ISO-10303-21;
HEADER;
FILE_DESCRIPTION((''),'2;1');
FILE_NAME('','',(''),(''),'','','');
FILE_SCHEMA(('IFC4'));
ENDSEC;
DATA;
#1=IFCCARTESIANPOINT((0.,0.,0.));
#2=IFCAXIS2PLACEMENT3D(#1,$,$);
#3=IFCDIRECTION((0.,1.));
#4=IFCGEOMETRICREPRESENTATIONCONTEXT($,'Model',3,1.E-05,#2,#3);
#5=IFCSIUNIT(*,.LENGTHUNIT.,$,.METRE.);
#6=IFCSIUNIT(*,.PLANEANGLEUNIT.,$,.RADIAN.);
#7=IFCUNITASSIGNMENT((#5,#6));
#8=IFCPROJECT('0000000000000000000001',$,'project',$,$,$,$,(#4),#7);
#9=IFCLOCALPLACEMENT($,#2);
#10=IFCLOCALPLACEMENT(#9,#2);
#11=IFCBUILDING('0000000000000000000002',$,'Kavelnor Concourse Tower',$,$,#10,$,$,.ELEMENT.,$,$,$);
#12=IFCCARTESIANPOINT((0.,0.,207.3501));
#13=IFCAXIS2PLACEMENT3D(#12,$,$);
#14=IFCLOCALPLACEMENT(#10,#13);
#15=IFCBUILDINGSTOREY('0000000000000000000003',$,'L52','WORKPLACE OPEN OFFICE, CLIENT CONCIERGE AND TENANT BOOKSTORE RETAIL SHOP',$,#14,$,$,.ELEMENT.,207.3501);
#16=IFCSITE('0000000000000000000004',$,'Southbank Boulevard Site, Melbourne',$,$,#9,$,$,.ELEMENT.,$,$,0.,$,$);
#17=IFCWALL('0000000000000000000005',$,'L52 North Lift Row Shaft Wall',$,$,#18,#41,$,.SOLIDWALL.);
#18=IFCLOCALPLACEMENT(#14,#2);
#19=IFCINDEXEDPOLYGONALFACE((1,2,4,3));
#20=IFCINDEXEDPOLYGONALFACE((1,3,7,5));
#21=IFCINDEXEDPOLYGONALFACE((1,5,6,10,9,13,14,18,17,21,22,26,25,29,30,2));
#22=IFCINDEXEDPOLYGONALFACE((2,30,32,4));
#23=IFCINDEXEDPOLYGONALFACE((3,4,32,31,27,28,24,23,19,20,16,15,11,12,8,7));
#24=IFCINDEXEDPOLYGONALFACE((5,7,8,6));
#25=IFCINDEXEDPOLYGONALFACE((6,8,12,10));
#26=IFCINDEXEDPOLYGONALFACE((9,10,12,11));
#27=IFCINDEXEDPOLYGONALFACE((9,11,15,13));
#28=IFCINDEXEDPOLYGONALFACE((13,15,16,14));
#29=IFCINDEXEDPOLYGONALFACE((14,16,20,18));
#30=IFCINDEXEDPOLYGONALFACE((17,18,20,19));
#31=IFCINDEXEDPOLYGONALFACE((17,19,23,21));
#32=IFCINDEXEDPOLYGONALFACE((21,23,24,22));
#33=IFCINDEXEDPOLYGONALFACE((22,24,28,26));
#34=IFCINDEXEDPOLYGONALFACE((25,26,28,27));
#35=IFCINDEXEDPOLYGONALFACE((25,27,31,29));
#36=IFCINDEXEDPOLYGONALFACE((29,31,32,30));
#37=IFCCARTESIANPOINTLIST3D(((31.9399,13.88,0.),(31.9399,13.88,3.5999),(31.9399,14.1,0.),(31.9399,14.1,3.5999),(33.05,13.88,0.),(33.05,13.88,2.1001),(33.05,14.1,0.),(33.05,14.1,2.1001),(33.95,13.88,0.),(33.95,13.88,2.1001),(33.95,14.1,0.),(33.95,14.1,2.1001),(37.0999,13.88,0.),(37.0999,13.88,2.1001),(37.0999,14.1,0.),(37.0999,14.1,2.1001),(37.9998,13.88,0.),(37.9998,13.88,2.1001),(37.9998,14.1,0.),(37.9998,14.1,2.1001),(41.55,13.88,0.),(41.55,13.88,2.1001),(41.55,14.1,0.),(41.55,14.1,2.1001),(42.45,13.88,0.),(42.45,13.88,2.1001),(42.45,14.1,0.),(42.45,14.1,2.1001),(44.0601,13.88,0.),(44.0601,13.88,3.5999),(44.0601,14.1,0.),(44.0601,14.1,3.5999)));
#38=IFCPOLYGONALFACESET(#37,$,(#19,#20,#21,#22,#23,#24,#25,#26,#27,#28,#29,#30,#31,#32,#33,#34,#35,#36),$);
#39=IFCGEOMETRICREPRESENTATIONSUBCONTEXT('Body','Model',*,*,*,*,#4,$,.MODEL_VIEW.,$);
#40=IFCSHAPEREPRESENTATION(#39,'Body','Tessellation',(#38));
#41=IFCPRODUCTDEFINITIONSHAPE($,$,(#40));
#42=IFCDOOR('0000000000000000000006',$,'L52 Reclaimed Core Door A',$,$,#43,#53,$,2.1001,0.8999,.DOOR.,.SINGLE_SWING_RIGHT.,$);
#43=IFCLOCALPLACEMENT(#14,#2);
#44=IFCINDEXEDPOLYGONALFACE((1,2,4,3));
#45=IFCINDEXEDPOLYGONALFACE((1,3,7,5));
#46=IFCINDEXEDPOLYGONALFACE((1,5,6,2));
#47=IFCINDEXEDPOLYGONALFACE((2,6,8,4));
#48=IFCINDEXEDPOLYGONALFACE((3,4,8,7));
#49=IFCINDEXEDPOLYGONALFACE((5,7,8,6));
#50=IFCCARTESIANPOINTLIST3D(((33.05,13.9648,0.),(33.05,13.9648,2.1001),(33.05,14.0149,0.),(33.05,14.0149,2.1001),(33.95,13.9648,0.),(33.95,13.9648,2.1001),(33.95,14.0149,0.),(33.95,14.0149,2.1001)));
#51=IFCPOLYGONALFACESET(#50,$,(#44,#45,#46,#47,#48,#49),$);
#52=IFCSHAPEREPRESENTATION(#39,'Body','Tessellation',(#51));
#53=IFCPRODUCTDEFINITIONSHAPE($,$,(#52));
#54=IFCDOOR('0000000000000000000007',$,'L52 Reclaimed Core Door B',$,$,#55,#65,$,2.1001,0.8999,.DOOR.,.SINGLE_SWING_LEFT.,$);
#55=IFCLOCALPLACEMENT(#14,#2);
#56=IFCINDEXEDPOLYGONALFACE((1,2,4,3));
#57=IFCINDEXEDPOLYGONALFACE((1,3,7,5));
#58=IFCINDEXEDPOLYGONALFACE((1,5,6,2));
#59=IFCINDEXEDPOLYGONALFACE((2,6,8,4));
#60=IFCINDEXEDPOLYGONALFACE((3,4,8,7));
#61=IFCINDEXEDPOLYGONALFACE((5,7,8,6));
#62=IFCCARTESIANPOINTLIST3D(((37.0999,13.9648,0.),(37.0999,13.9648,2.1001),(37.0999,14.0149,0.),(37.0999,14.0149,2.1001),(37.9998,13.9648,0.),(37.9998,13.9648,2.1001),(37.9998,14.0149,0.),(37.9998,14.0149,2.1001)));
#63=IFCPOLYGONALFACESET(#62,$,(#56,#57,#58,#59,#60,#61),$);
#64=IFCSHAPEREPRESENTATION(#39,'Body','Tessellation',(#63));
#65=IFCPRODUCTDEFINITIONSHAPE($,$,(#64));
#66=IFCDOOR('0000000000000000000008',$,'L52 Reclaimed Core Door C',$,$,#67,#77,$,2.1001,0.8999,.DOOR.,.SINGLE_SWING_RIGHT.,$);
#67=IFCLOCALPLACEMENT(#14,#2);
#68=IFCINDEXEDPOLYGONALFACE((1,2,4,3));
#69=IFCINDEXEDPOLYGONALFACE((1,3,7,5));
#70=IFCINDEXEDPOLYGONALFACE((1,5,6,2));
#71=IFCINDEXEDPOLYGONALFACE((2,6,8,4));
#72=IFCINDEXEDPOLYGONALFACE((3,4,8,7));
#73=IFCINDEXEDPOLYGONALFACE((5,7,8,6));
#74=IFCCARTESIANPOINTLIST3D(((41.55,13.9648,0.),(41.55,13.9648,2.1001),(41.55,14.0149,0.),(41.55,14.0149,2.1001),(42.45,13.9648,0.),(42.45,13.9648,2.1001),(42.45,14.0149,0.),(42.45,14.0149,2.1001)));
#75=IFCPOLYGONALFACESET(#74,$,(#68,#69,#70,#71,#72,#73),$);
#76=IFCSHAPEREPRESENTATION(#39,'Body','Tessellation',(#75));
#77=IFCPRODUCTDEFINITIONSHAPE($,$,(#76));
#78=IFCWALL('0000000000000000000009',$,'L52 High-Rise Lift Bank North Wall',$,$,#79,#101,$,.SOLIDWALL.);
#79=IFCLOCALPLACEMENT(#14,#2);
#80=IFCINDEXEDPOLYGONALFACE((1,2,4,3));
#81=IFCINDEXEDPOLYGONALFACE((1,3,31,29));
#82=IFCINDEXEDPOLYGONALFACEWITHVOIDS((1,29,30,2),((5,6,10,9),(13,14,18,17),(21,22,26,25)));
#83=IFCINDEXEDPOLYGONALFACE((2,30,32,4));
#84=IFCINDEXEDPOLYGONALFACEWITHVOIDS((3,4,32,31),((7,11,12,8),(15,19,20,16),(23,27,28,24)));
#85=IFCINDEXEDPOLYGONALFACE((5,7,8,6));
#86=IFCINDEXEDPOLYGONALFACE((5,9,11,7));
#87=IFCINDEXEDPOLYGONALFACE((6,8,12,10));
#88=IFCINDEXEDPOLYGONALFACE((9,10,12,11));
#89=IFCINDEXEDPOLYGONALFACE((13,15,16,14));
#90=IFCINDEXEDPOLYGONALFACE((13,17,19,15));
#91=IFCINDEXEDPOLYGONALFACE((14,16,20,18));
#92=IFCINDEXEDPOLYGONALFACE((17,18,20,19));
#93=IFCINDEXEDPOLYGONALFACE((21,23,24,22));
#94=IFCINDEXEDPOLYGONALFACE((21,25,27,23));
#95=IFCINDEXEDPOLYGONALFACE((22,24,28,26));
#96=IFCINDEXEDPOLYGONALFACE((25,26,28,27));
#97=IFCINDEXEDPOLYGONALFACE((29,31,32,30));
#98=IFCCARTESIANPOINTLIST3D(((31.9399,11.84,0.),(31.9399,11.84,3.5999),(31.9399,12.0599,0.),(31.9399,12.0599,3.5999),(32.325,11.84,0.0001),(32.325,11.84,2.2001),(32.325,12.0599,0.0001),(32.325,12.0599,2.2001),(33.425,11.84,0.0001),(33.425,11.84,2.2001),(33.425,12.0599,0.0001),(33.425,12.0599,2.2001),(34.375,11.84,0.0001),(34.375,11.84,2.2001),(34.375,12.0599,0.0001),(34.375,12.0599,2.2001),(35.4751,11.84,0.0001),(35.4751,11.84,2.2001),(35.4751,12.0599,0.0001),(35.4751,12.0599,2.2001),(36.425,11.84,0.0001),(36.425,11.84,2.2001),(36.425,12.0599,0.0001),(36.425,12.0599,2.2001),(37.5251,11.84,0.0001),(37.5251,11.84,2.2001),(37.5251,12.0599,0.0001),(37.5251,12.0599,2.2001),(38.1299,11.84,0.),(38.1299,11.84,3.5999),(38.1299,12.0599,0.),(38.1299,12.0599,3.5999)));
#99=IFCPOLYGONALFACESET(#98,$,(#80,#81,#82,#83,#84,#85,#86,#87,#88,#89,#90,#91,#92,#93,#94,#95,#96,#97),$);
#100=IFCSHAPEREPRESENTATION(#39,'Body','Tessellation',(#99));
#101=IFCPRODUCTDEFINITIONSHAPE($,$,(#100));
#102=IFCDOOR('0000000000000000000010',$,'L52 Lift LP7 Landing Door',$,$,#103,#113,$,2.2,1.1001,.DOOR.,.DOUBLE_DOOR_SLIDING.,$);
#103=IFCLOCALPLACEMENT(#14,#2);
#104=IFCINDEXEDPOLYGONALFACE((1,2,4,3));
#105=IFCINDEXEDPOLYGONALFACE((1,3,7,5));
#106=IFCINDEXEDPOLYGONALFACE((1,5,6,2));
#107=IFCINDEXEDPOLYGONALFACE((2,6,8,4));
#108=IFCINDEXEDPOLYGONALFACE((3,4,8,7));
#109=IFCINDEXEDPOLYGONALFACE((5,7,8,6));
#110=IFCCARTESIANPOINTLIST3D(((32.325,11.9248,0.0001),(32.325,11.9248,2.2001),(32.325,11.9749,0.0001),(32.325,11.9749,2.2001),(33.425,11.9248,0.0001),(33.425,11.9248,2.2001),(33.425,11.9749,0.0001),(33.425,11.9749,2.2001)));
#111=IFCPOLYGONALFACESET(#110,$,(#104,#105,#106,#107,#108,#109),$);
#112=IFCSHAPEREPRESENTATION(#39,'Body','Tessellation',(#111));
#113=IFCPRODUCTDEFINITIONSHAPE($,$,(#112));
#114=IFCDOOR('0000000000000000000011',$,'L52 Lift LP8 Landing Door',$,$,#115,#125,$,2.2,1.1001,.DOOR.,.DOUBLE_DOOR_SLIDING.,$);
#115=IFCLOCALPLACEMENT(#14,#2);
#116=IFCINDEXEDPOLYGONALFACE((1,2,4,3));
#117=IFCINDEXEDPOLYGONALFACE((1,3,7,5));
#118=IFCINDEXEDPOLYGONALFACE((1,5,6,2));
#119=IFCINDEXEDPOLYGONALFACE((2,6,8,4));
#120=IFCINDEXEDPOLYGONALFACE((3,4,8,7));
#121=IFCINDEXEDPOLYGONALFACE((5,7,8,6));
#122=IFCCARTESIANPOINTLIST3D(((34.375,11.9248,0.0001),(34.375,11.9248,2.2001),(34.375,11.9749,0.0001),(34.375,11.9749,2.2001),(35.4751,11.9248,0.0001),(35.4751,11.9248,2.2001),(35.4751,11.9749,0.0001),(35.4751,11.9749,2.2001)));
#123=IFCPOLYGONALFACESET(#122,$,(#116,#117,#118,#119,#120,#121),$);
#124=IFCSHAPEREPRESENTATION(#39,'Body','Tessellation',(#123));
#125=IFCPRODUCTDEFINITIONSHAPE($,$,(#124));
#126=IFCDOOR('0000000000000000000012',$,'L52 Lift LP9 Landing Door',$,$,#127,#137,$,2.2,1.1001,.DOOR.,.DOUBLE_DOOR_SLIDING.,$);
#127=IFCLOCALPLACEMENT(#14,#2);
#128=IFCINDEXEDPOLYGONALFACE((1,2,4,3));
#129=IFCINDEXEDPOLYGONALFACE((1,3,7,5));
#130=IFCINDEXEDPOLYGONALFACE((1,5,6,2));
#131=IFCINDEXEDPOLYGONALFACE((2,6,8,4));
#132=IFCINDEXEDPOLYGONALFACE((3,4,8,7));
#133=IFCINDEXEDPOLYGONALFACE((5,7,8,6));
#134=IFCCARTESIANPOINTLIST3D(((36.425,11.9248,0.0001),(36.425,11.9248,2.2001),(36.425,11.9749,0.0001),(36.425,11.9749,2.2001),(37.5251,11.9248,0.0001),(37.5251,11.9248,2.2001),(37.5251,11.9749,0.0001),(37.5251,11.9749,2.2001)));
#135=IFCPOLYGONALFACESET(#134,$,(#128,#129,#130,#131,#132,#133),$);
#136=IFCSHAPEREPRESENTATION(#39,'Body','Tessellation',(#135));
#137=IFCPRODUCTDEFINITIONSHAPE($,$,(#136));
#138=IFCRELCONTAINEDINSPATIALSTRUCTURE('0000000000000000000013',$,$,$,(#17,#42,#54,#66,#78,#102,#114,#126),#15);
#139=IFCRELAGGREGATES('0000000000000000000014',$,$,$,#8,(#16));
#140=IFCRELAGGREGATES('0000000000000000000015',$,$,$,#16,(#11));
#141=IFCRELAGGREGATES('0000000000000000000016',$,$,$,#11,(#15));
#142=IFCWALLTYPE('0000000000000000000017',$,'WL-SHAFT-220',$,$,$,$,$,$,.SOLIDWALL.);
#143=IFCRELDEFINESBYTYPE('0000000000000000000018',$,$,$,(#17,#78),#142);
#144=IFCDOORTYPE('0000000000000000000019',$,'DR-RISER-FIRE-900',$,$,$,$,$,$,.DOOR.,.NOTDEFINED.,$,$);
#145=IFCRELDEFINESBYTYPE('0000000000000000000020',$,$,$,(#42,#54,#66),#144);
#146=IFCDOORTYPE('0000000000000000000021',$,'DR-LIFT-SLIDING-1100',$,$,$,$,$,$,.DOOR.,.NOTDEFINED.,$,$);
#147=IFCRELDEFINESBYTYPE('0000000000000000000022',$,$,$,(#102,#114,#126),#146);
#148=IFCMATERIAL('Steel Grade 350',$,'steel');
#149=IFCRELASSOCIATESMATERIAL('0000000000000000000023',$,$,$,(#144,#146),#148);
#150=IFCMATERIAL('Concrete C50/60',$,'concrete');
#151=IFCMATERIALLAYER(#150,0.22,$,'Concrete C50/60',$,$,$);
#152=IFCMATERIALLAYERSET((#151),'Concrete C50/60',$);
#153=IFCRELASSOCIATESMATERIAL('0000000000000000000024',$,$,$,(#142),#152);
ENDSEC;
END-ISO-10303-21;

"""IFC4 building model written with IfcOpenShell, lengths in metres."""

from ifc_helpers import new_model, si_unit, direction, frame, frame_2d, origin, place, context, subcontext, project, spatial, rectangle, extrude, material, layer, layer_set, type_object, element, fill, save


model = new_model("IFC4")

# Units and contexts
model_context = context("Model", 3, precision=1e-05, world=origin(), true_north=direction((0.0, 1.0)))
body_context = subcontext(model_context, "Body", "Model", "MODEL_VIEW")
ifc_project = project(units=[si_unit("LENGTHUNIT", "METRE"), si_unit("PLANEANGLEUNIT", "RADIAN")], contexts=[model_context])

# Site, building, storey
site_placement = place(None, origin())
site = spatial("IfcSite", under=ifc_project, at=site_placement, Name="Southbank Boulevard Site, Melbourne", CompositionType="ELEMENT", RefElevation=0.0)
building_placement = place(site_placement, origin())
building = spatial("IfcBuilding", under=site, at=building_placement, Name="Kavelnor Concourse Tower", CompositionType="ELEMENT")
storey_placement = place(building_placement, frame((0.0, 0.0, 207.3501)))
storey = spatial("IfcBuildingStorey", under=building, at=storey_placement, Name="L52", Description="WORKPLACE OPEN OFFICE, CLIENT CONCIERGE AND TENANT BOOKSTORE RETAIL SHOP", CompositionType="ELEMENT", Elevation=207.3501)

# Shared definitions
ifc_material_1 = material(Name="Steel Grade 350", Category="steel")

# Shared definitions
ifc_material_2 = material(Name="Concrete C50/60", Category="concrete")
door_type_1 = type_object("IfcDoorType", Name="DR-RISER-FIRE-900", OperationType="NOTDEFINED", PredefinedType="DOOR", material=ifc_material_1)

# Walls, openings, doors
ifc_layer_1 = layer(ifc_material_2, 0.22, Name="Concrete C50/60")
ifc_layer_set_1 = layer_set([ifc_layer_1], Name="Concrete C50/60")
wall_type_1 = type_object("IfcWallType", Name="WL-SHAFT-220", PredefinedType="SOLIDWALL", material=ifc_layer_set_1)
wall_1_placement = place(storey_placement, frame((31.9399, 13.99, 0.0), z_axis=(0.0, 0.0, 1.0), x_axis=(1.0, 0.0, 0.0)))
wall_1 = element("IfcWall", 1, at=wall_1_placement, inside=storey, type_object=wall_type_1, Name="L52 North Lift Row Shaft Wall", PredefinedType="SOLIDWALL", context=body_context, shape_type="SweptSolid", body=[
    extrude(rectangle(XDim=12.1201, YDim=0.22, at=frame_2d((6.0601, 0.0))), origin(), (0.0, 0.0, 1.0), 3.5999),
])
opening_1_placement = place(wall_1_placement, frame((1.1101, 0.0, 0.0)))
opening_1 = element("IfcOpeningElement", 2, at=opening_1_placement, cuts=wall_1, PredefinedType="OPENING", context=body_context, shape_type="SweptSolid", body=[
    extrude(rectangle(XDim=0.8999, YDim=2.1001, at=frame_2d((0.45, 1.05))), frame((0.0, 0.1201, 0.0), z_axis=(0.0, -1.0, 0.0), x_axis=(1.0, 0.0, 0.0)), (0.0, 0.0, 1.0), 0.24),
])
opening_2_placement = place(wall_1_placement, frame((5.1599, 0.0, 0.0)))
opening_2 = element("IfcOpeningElement", 3, at=opening_2_placement, cuts=wall_1, PredefinedType="OPENING", context=body_context, shape_type="SweptSolid", body=[
    extrude(rectangle(XDim=0.8999, YDim=2.1001, at=frame_2d((0.45, 1.05))), frame((0.0, 0.1201, 0.0), z_axis=(0.0, -1.0, 0.0), x_axis=(1.0, 0.0, 0.0)), (0.0, 0.0, 1.0), 0.24),
])
opening_3_placement = place(wall_1_placement, frame((9.6101, 0.0, 0.0)))
opening_3 = element("IfcOpeningElement", 4, at=opening_3_placement, cuts=wall_1, PredefinedType="OPENING", context=body_context, shape_type="SweptSolid", body=[
    extrude(rectangle(XDim=0.8999, YDim=2.1001, at=frame_2d((0.45, 1.05))), frame((0.0, 0.1201, 0.0), z_axis=(0.0, -1.0, 0.0), x_axis=(1.0, 0.0, 0.0)), (0.0, 0.0, 1.0), 0.24),
])
door_1_placement = place(opening_1_placement, origin())
door_1 = element("IfcDoor", 5, at=door_1_placement, inside=storey, type_object=door_type_1, Name="L52 Reclaimed Core Door A", OperationType="SINGLE_SWING_RIGHT", OverallHeight=2.1001, OverallWidth=0.8999, PredefinedType="DOOR", context=body_context, shape_type="SweptSolid", body=[
    extrude(rectangle(XDim=0.8999, YDim=2.1001, at=frame_2d((0.45, 1.05))), frame((0.0, 0.0249, 0.0), z_axis=(0.0, -1.0, 0.0), x_axis=(1.0, 0.0, 0.0)), (0.0, 0.0, 1.0), 0.05),
])
fill(opening_1, door_1)
door_2_placement = place(opening_2_placement, origin())
door_2 = element("IfcDoor", 6, at=door_2_placement, inside=storey, type_object=door_type_1, Name="L52 Reclaimed Core Door B", OperationType="SINGLE_SWING_LEFT", OverallHeight=2.1001, OverallWidth=0.8999, PredefinedType="DOOR", context=body_context, shape_type="SweptSolid", body=[
    extrude(rectangle(XDim=0.8999, YDim=2.1001, at=frame_2d((0.45, 1.05))), frame((0.0, 0.0249, 0.0), z_axis=(0.0, -1.0, 0.0), x_axis=(1.0, 0.0, 0.0)), (0.0, 0.0, 1.0), 0.05),
])
fill(opening_2, door_2)
door_3_placement = place(opening_3_placement, origin())
door_3 = element("IfcDoor", 7, at=door_3_placement, inside=storey, type_object=door_type_1, Name="L52 Reclaimed Core Door C", OperationType="SINGLE_SWING_RIGHT", OverallHeight=2.1001, OverallWidth=0.8999, PredefinedType="DOOR", context=body_context, shape_type="SweptSolid", body=[
    extrude(rectangle(XDim=0.8999, YDim=2.1001, at=frame_2d((0.45, 1.05))), frame((0.0, 0.0249, 0.0), z_axis=(0.0, -1.0, 0.0), x_axis=(1.0, 0.0, 0.0)), (0.0, 0.0, 1.0), 0.05),
])
fill(opening_3, door_3)
wall_2_placement = place(storey_placement, frame((31.9399, 11.95, 0.0), z_axis=(0.0, 0.0, 1.0), x_axis=(1.0, 0.0, 0.0)))
wall_2 = element("IfcWall", 8, at=wall_2_placement, inside=storey, type_object=wall_type_1, Name="L52 High-Rise Lift Bank North Wall", PredefinedType="SOLIDWALL", context=body_context, shape_type="SweptSolid", body=[
    extrude(rectangle(XDim=6.1899, YDim=0.22, at=frame_2d((3.095, 0.0))), origin(), (0.0, 0.0, 1.0), 3.5999),
])
opening_4_placement = place(wall_2_placement, frame((0.385, 0.0, 0.0)))
opening_4 = element("IfcOpeningElement", 9, at=opening_4_placement, cuts=wall_2, PredefinedType="OPENING", context=body_context, shape_type="SweptSolid", body=[
    extrude(rectangle(XDim=1.1001, YDim=2.2, at=frame_2d((0.55, 1.1001))), frame((0.0, 0.1201, 0.0), z_axis=(0.0, -1.0, 0.0), x_axis=(1.0, 0.0, 0.0)), (0.0, 0.0, 1.0), 0.24),
])
opening_5_placement = place(wall_2_placement, frame((2.4351, 0.0, 0.0)))
opening_5 = element("IfcOpeningElement", 10, at=opening_5_placement, cuts=wall_2, PredefinedType="OPENING", context=body_context, shape_type="SweptSolid", body=[
    extrude(rectangle(XDim=1.1001, YDim=2.2, at=frame_2d((0.55, 1.1001))), frame((0.0, 0.1201, 0.0), z_axis=(0.0, -1.0, 0.0), x_axis=(1.0, 0.0, 0.0)), (0.0, 0.0, 1.0), 0.24),
])
opening_6_placement = place(wall_2_placement, frame((4.4851, 0.0, 0.0)))
opening_6 = element("IfcOpeningElement", 11, at=opening_6_placement, cuts=wall_2, PredefinedType="OPENING", context=body_context, shape_type="SweptSolid", body=[
    extrude(rectangle(XDim=1.1001, YDim=2.2, at=frame_2d((0.55, 1.1001))), frame((0.0, 0.1201, 0.0), z_axis=(0.0, -1.0, 0.0), x_axis=(1.0, 0.0, 0.0)), (0.0, 0.0, 1.0), 0.24),
])
door_type_2 = type_object("IfcDoorType", Name="DR-LIFT-SLIDING-1100", OperationType="NOTDEFINED", PredefinedType="DOOR", material=ifc_material_1)
door_4_placement = place(opening_4_placement, origin())
door_4 = element("IfcDoor", 12, at=door_4_placement, inside=storey, type_object=door_type_2, Name="L52 Lift LP7 Landing Door", OperationType="DOUBLE_DOOR_SLIDING", OverallHeight=2.2, OverallWidth=1.1001, PredefinedType="DOOR", context=body_context, shape_type="SweptSolid", body=[
    extrude(rectangle(XDim=1.1001, YDim=2.2, at=frame_2d((0.55, 1.1001))), frame((0.0, 0.0249, 0.0), z_axis=(0.0, -1.0, 0.0), x_axis=(1.0, 0.0, 0.0)), (0.0, 0.0, 1.0), 0.05),
])
fill(opening_4, door_4)
door_5_placement = place(opening_5_placement, origin())
door_5 = element("IfcDoor", 13, at=door_5_placement, inside=storey, type_object=door_type_2, Name="L52 Lift LP8 Landing Door", OperationType="DOUBLE_DOOR_SLIDING", OverallHeight=2.2, OverallWidth=1.1001, PredefinedType="DOOR", context=body_context, shape_type="SweptSolid", body=[
    extrude(rectangle(XDim=1.1001, YDim=2.2, at=frame_2d((0.55, 1.1001))), frame((0.0, 0.0249, 0.0), z_axis=(0.0, -1.0, 0.0), x_axis=(1.0, 0.0, 0.0)), (0.0, 0.0, 1.0), 0.05),
])
fill(opening_5, door_5)
door_6_placement = place(opening_6_placement, origin())
door_6 = element("IfcDoor", 14, at=door_6_placement, inside=storey, type_object=door_type_2, Name="L52 Lift LP9 Landing Door", OperationType="DOUBLE_DOOR_SLIDING", OverallHeight=2.2, OverallWidth=1.1001, PredefinedType="DOOR", context=body_context, shape_type="SweptSolid", body=[
    extrude(rectangle(XDim=1.1001, YDim=2.2, at=frame_2d((0.55, 1.1001))), frame((0.0, 0.0249, 0.0), z_axis=(0.0, -1.0, 0.0), x_axis=(1.0, 0.0, 0.0)), (0.0, 0.0, 1.0), 0.05),
])
fill(opening_6, door_6)

save(model, "model.ifc")
